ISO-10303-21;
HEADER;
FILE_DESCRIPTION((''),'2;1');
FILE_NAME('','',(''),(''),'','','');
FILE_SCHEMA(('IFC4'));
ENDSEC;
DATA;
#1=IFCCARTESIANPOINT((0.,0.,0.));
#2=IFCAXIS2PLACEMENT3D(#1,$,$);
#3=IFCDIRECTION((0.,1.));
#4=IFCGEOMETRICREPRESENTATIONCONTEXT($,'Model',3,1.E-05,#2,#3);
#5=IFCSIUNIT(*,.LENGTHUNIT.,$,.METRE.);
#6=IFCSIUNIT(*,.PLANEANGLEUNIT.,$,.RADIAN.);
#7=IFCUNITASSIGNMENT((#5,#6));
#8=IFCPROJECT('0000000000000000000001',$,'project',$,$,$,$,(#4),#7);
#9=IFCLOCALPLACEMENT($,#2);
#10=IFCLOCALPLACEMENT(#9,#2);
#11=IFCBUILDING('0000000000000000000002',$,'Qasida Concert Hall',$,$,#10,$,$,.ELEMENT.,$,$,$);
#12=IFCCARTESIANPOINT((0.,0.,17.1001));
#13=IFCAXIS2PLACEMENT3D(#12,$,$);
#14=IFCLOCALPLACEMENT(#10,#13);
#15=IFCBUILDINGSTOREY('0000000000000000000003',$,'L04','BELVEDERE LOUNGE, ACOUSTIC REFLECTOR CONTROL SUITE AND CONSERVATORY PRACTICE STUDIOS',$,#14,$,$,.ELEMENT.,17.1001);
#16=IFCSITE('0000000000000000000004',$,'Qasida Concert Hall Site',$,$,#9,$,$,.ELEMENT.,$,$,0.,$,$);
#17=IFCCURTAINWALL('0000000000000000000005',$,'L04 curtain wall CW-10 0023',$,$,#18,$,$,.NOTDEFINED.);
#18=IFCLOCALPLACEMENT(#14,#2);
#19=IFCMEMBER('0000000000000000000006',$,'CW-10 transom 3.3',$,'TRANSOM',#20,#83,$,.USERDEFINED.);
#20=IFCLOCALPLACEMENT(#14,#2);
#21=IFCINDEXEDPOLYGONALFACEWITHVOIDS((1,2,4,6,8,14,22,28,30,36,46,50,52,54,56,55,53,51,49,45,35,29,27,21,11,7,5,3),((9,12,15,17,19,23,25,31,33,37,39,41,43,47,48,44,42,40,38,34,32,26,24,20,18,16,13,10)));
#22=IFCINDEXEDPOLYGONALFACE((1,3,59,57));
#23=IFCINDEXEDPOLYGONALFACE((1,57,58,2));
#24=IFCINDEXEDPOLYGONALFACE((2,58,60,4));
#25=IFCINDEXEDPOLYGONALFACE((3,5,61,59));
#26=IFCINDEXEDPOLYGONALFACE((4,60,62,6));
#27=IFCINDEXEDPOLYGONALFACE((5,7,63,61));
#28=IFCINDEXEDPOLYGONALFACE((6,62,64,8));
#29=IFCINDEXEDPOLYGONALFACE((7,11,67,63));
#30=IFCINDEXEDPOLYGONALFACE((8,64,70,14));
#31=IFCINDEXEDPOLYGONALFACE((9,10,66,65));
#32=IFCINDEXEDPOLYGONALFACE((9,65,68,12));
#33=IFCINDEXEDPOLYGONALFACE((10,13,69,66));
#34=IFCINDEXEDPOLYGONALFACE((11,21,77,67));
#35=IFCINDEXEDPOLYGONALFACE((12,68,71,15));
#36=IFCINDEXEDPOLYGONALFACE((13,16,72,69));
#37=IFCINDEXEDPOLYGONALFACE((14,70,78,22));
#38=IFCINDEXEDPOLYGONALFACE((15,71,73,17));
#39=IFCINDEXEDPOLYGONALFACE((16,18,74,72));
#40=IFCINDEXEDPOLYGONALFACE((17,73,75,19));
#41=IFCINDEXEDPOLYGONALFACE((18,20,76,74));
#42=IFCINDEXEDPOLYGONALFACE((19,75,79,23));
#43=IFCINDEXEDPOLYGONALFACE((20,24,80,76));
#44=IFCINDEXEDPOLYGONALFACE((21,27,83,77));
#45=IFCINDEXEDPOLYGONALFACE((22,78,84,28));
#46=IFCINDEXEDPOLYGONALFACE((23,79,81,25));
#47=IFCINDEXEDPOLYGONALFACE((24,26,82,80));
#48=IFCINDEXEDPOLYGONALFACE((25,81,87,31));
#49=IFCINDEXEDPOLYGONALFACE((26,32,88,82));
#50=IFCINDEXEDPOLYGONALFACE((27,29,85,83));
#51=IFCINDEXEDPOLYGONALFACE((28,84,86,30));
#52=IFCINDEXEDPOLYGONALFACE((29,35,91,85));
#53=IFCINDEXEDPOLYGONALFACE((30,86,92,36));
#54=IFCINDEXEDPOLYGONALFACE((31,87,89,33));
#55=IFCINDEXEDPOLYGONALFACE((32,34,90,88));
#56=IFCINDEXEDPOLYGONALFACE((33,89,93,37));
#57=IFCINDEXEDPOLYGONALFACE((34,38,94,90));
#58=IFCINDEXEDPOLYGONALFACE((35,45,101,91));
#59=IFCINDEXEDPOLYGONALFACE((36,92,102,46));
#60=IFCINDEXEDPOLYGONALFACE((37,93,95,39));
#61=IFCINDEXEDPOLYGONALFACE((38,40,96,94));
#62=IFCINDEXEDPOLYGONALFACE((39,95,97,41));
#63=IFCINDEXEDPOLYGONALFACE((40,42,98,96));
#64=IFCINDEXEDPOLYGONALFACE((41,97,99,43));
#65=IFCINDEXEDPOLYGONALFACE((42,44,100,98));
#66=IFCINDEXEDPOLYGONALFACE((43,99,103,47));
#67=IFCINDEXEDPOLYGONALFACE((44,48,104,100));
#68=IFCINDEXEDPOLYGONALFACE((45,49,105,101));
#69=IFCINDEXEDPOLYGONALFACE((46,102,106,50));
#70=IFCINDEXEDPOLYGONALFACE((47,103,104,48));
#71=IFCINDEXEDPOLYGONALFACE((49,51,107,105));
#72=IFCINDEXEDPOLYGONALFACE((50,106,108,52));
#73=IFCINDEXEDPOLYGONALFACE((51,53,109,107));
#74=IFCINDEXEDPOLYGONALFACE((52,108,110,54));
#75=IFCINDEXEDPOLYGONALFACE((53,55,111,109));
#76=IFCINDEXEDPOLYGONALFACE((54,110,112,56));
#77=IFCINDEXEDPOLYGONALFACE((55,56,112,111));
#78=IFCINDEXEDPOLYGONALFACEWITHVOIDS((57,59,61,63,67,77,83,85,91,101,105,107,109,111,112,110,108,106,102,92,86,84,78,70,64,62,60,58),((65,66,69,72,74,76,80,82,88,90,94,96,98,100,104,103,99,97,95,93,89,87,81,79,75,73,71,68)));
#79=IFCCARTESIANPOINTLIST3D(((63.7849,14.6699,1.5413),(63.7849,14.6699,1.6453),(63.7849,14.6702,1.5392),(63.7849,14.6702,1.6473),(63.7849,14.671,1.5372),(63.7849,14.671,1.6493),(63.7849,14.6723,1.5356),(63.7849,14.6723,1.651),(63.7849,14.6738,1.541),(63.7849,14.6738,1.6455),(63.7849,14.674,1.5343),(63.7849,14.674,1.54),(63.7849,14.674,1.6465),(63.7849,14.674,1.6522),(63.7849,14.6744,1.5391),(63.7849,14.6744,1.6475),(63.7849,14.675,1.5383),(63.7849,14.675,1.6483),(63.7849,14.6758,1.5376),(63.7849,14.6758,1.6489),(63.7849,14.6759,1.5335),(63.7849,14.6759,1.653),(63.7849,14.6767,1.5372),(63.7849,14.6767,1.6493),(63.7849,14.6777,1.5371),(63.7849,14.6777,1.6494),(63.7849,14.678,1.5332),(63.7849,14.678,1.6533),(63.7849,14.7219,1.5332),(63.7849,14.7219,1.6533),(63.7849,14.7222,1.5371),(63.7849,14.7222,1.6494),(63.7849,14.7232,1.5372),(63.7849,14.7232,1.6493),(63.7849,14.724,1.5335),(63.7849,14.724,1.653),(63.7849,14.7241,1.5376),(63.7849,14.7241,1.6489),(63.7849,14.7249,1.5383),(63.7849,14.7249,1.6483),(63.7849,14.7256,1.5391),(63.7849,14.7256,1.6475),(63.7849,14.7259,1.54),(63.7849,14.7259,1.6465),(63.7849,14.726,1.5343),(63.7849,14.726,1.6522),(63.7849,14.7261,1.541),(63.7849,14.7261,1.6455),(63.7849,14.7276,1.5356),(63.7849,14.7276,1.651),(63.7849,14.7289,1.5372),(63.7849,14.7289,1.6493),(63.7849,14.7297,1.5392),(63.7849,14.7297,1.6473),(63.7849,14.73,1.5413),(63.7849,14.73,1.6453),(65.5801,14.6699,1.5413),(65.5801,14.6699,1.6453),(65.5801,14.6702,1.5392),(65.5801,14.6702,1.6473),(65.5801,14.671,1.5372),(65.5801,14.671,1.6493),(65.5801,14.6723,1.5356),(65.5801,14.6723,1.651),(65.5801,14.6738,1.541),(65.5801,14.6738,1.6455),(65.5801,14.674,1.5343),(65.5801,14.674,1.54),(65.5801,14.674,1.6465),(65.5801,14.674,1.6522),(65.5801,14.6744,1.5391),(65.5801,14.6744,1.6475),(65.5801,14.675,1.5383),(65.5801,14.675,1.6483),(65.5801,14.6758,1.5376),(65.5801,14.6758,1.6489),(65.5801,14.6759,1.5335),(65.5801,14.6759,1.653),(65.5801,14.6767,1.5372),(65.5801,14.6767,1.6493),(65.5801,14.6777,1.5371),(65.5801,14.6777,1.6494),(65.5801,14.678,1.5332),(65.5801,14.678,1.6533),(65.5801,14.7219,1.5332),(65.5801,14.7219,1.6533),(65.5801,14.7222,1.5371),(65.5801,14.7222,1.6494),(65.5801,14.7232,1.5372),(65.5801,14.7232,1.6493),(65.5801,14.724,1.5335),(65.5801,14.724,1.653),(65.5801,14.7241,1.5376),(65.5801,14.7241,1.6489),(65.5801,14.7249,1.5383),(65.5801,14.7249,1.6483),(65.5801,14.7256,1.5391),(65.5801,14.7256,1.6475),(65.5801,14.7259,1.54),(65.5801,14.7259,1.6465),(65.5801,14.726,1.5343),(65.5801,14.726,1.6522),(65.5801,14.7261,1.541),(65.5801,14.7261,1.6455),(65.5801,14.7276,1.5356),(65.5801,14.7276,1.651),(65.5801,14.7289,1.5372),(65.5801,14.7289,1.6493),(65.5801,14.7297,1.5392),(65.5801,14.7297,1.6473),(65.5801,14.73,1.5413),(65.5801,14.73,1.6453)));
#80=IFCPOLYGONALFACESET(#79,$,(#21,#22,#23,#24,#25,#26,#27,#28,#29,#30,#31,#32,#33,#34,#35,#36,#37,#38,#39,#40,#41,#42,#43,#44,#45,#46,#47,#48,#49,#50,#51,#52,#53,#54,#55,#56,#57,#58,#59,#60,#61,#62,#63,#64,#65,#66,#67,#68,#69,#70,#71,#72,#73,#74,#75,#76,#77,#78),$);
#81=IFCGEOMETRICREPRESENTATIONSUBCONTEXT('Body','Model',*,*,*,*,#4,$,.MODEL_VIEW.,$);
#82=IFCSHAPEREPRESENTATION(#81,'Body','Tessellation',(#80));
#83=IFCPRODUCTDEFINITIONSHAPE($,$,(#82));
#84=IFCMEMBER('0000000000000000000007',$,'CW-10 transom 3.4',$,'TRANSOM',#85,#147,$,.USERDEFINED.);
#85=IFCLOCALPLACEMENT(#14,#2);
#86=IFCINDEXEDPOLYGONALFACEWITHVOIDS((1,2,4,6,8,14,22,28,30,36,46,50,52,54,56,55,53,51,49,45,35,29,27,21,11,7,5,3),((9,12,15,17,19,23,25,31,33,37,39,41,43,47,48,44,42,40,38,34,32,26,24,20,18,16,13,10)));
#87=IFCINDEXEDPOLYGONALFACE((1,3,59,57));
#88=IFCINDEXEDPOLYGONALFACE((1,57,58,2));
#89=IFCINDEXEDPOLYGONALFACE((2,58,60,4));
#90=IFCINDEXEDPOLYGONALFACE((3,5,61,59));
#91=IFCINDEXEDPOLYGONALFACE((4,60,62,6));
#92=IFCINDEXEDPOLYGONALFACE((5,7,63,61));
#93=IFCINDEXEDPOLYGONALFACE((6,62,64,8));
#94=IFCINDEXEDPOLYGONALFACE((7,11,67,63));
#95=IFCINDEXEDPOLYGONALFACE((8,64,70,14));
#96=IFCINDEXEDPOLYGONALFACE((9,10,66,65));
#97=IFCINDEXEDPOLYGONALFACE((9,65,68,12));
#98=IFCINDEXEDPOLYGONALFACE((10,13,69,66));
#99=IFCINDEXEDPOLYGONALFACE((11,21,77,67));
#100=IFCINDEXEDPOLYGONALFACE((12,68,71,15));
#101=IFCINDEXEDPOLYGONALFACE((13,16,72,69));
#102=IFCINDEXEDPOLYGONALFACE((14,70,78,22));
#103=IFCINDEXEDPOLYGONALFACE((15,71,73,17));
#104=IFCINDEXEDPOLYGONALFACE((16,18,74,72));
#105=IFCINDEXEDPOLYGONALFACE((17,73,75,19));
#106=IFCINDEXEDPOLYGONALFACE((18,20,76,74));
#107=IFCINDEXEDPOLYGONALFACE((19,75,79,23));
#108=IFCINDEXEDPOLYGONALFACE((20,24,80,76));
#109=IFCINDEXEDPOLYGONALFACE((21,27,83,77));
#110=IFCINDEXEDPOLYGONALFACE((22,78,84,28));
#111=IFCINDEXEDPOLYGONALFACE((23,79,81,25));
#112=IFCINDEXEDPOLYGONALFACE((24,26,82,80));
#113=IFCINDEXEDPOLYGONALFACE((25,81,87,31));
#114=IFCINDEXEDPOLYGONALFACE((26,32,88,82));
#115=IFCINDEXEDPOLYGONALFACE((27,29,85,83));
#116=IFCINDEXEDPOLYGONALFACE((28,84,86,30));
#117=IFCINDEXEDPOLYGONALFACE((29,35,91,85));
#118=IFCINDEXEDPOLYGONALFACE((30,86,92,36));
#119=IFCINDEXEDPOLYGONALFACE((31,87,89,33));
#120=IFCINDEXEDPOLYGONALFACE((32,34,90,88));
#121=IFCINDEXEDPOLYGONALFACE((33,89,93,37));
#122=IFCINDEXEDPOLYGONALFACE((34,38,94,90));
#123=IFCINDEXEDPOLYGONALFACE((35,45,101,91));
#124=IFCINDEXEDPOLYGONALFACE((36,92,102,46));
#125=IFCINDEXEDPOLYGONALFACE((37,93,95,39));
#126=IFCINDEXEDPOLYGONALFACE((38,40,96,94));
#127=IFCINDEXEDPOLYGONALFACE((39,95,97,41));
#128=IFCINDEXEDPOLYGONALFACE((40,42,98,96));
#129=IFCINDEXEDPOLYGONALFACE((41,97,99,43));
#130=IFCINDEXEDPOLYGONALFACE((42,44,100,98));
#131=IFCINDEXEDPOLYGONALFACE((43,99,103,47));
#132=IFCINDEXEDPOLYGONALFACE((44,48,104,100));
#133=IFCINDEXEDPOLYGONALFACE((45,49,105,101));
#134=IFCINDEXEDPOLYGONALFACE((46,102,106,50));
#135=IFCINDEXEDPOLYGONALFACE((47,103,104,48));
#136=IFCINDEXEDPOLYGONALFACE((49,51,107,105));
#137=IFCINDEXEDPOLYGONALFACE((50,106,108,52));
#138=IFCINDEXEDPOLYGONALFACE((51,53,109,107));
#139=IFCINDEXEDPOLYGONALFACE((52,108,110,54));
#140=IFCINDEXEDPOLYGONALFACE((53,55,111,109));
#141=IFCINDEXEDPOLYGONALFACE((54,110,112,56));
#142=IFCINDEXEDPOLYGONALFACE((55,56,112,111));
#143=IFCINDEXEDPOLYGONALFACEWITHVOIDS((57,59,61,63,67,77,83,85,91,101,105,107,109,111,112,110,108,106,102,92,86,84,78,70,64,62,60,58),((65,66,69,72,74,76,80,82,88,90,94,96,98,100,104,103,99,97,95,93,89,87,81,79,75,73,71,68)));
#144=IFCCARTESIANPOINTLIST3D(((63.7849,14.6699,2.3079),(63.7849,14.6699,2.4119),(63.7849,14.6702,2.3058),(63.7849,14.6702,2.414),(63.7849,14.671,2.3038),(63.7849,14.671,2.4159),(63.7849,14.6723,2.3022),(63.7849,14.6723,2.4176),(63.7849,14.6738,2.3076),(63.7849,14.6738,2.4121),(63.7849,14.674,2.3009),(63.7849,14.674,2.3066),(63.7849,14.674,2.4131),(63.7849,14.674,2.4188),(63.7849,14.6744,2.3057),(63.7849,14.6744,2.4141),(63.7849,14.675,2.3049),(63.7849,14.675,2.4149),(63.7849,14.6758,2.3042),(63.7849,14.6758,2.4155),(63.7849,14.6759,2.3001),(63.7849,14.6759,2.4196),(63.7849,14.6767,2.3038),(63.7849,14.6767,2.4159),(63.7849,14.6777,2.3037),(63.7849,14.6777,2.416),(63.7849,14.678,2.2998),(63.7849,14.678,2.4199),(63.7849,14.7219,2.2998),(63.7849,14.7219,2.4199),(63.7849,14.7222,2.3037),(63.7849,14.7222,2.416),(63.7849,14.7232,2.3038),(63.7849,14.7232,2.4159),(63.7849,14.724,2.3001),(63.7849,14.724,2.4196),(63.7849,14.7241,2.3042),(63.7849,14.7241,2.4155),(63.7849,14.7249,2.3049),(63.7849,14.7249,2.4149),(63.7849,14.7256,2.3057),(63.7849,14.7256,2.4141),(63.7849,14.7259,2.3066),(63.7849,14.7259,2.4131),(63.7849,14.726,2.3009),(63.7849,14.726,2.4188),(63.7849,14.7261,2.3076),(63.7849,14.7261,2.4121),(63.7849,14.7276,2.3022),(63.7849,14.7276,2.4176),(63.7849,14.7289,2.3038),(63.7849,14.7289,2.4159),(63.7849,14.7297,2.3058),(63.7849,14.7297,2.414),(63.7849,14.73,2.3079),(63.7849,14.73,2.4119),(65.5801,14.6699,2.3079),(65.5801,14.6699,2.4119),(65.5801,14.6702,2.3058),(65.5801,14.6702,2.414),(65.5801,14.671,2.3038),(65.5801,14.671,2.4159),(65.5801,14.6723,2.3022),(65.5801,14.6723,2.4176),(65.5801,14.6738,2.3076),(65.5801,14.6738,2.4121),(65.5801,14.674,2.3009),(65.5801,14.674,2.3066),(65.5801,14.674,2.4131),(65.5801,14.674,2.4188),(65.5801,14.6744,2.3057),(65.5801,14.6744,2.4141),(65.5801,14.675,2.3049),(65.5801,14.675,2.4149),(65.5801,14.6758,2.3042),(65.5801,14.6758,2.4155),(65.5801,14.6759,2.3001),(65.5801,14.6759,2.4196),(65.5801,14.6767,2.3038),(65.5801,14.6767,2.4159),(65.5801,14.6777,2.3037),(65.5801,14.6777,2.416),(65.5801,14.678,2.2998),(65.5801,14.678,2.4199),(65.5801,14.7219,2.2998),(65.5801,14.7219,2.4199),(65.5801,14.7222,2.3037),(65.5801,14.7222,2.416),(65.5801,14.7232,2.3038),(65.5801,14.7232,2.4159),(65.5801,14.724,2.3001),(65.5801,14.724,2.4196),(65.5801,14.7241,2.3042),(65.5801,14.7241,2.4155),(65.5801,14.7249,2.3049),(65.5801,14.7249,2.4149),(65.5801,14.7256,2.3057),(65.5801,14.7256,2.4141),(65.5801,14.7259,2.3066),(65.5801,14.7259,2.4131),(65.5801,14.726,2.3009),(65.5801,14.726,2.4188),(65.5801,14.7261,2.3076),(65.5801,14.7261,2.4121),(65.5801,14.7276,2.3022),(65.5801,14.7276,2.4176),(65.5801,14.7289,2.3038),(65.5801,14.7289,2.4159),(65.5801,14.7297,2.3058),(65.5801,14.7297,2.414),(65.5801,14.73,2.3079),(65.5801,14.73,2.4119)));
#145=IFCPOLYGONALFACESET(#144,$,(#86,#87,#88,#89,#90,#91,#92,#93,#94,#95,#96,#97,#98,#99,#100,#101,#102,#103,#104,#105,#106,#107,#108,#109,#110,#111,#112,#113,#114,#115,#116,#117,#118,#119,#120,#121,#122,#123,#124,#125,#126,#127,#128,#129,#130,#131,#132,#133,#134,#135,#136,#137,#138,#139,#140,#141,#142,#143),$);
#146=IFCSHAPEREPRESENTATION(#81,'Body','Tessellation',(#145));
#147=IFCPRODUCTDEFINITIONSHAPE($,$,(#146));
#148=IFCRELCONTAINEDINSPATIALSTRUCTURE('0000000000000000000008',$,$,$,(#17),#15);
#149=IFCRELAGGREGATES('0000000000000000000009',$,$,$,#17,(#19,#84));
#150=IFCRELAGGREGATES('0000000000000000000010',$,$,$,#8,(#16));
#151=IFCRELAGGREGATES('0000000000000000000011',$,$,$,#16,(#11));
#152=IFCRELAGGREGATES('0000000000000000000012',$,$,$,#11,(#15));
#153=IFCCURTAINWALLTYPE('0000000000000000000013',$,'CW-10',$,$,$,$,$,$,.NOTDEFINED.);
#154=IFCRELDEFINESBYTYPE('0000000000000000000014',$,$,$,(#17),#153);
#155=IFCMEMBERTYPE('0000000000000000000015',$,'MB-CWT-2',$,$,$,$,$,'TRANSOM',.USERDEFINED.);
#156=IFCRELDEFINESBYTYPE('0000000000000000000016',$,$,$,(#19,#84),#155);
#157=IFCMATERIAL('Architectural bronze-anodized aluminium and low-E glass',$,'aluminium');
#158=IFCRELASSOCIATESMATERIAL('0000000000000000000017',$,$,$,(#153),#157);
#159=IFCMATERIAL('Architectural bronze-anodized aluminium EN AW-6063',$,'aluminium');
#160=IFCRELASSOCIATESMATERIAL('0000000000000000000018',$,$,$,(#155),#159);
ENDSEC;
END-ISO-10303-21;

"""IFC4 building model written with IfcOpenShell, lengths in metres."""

from ifc_helpers import new_model, si_unit, direction, frame, origin, origin_2d, place, context, subcontext, project, spatial, hollow_rectangle, extrude, material, material_profile, profile_set, type_object, element, aggregate, save


model = new_model("IFC4")

# Units and contexts
model_context = context("Model", 3, precision=1e-05, world=origin(), true_north=direction((0.0, 1.0)))
body_context = subcontext(model_context, "Body", "Model", "MODEL_VIEW")
ifc_project = project(units=[si_unit("LENGTHUNIT", "METRE"), si_unit("PLANEANGLEUNIT", "RADIAN")], contexts=[model_context])

# Site, building, storey
site_placement = place(None, origin())
site = spatial("IfcSite", under=ifc_project, at=site_placement, Name="Qasida Concert Hall Site", CompositionType="ELEMENT", RefElevation=0.0)
building_placement = place(site_placement, origin())
building = spatial("IfcBuilding", under=site, at=building_placement, Name="Qasida Concert Hall", CompositionType="ELEMENT")
storey_placement = place(building_placement, frame((0.0, 0.0, 17.1001)))
storey = spatial("IfcBuildingStorey", under=building, at=storey_placement, Name="L04", Description="BELVEDERE LOUNGE, ACOUSTIC REFLECTOR CONTROL SUITE AND CONSERVATORY PRACTICE STUDIOS", CompositionType="ELEMENT", Elevation=17.1001)

# Curtain wall
ifc_material_1 = material(Name="Architectural bronze-anodized aluminium and low-E glass", Category="aluminium")
curtain_wall_type = type_object("IfcCurtainWallType", Name="CW-10", PredefinedType="NOTDEFINED", material=ifc_material_1)
curtain_wall_1_placement = place(storey_placement, origin())
curtain_wall_1 = element("IfcCurtainWall", 1, at=curtain_wall_1_placement, inside=storey, type_object=curtain_wall_type, Name="L04 curtain wall CW-10 0023", PredefinedType="NOTDEFINED")
ifc_material_2 = material(Name="Architectural bronze-anodized aluminium EN AW-6063", Category="aluminium")

# Members
ifc_material_profile_1 = material_profile(ifc_material_2, hollow_rectangle(XDim=0.0601, YDim=0.1201, WallThickness=0.0039, InnerFilletRadius=0.0039, OuterFilletRadius=0.0081, at=origin_2d()), Name="CWT 120x60x4")
ifc_profile_set_1 = profile_set([ifc_material_profile_1], Name="Architectural bronze-anodized aluminium EN AW-6063")
member_type_1 = type_object("IfcMemberType", Name="MB-CWT-2", ElementType="TRANSOM", PredefinedType="USERDEFINED", material=ifc_profile_set_1)
member_1_placement = place(storey_placement, frame((63.7849, 14.7, 1.5933), z_axis=(1.0, 0.0, 0.0), x_axis=(0.0, 1.0, 0.0)))
member_1 = element("IfcMember", 2, at=member_1_placement, type_object=member_type_1, Name="CW-10 transom 3.3", ObjectType="TRANSOM", PredefinedType="USERDEFINED", context=body_context, shape_type="SweptSolid", body=[
    extrude(hollow_rectangle(XDim=0.0601, YDim=0.1201, WallThickness=0.0039, InnerFilletRadius=0.0039, OuterFilletRadius=0.0081, at=origin_2d()), origin(), (0.0, 0.0, 1.0), 1.7952),
])
member_2_placement = place(storey_placement, frame((63.7849, 14.7, 2.3599), z_axis=(1.0, 0.0, 0.0), x_axis=(0.0, 1.0, 0.0)))
member_2 = element("IfcMember", 3, at=member_2_placement, type_object=member_type_1, Name="CW-10 transom 3.4", ObjectType="TRANSOM", PredefinedType="USERDEFINED", context=body_context, shape_type="SweptSolid", body=[
    extrude(hollow_rectangle(XDim=0.0601, YDim=0.1201, WallThickness=0.0039, InnerFilletRadius=0.0039, OuterFilletRadius=0.0081, at=origin_2d()), origin(), (0.0, 0.0, 1.0), 1.7952),
])

aggregate(curtain_wall_1, [member_1, member_2])

save(model, "model.ifc")
